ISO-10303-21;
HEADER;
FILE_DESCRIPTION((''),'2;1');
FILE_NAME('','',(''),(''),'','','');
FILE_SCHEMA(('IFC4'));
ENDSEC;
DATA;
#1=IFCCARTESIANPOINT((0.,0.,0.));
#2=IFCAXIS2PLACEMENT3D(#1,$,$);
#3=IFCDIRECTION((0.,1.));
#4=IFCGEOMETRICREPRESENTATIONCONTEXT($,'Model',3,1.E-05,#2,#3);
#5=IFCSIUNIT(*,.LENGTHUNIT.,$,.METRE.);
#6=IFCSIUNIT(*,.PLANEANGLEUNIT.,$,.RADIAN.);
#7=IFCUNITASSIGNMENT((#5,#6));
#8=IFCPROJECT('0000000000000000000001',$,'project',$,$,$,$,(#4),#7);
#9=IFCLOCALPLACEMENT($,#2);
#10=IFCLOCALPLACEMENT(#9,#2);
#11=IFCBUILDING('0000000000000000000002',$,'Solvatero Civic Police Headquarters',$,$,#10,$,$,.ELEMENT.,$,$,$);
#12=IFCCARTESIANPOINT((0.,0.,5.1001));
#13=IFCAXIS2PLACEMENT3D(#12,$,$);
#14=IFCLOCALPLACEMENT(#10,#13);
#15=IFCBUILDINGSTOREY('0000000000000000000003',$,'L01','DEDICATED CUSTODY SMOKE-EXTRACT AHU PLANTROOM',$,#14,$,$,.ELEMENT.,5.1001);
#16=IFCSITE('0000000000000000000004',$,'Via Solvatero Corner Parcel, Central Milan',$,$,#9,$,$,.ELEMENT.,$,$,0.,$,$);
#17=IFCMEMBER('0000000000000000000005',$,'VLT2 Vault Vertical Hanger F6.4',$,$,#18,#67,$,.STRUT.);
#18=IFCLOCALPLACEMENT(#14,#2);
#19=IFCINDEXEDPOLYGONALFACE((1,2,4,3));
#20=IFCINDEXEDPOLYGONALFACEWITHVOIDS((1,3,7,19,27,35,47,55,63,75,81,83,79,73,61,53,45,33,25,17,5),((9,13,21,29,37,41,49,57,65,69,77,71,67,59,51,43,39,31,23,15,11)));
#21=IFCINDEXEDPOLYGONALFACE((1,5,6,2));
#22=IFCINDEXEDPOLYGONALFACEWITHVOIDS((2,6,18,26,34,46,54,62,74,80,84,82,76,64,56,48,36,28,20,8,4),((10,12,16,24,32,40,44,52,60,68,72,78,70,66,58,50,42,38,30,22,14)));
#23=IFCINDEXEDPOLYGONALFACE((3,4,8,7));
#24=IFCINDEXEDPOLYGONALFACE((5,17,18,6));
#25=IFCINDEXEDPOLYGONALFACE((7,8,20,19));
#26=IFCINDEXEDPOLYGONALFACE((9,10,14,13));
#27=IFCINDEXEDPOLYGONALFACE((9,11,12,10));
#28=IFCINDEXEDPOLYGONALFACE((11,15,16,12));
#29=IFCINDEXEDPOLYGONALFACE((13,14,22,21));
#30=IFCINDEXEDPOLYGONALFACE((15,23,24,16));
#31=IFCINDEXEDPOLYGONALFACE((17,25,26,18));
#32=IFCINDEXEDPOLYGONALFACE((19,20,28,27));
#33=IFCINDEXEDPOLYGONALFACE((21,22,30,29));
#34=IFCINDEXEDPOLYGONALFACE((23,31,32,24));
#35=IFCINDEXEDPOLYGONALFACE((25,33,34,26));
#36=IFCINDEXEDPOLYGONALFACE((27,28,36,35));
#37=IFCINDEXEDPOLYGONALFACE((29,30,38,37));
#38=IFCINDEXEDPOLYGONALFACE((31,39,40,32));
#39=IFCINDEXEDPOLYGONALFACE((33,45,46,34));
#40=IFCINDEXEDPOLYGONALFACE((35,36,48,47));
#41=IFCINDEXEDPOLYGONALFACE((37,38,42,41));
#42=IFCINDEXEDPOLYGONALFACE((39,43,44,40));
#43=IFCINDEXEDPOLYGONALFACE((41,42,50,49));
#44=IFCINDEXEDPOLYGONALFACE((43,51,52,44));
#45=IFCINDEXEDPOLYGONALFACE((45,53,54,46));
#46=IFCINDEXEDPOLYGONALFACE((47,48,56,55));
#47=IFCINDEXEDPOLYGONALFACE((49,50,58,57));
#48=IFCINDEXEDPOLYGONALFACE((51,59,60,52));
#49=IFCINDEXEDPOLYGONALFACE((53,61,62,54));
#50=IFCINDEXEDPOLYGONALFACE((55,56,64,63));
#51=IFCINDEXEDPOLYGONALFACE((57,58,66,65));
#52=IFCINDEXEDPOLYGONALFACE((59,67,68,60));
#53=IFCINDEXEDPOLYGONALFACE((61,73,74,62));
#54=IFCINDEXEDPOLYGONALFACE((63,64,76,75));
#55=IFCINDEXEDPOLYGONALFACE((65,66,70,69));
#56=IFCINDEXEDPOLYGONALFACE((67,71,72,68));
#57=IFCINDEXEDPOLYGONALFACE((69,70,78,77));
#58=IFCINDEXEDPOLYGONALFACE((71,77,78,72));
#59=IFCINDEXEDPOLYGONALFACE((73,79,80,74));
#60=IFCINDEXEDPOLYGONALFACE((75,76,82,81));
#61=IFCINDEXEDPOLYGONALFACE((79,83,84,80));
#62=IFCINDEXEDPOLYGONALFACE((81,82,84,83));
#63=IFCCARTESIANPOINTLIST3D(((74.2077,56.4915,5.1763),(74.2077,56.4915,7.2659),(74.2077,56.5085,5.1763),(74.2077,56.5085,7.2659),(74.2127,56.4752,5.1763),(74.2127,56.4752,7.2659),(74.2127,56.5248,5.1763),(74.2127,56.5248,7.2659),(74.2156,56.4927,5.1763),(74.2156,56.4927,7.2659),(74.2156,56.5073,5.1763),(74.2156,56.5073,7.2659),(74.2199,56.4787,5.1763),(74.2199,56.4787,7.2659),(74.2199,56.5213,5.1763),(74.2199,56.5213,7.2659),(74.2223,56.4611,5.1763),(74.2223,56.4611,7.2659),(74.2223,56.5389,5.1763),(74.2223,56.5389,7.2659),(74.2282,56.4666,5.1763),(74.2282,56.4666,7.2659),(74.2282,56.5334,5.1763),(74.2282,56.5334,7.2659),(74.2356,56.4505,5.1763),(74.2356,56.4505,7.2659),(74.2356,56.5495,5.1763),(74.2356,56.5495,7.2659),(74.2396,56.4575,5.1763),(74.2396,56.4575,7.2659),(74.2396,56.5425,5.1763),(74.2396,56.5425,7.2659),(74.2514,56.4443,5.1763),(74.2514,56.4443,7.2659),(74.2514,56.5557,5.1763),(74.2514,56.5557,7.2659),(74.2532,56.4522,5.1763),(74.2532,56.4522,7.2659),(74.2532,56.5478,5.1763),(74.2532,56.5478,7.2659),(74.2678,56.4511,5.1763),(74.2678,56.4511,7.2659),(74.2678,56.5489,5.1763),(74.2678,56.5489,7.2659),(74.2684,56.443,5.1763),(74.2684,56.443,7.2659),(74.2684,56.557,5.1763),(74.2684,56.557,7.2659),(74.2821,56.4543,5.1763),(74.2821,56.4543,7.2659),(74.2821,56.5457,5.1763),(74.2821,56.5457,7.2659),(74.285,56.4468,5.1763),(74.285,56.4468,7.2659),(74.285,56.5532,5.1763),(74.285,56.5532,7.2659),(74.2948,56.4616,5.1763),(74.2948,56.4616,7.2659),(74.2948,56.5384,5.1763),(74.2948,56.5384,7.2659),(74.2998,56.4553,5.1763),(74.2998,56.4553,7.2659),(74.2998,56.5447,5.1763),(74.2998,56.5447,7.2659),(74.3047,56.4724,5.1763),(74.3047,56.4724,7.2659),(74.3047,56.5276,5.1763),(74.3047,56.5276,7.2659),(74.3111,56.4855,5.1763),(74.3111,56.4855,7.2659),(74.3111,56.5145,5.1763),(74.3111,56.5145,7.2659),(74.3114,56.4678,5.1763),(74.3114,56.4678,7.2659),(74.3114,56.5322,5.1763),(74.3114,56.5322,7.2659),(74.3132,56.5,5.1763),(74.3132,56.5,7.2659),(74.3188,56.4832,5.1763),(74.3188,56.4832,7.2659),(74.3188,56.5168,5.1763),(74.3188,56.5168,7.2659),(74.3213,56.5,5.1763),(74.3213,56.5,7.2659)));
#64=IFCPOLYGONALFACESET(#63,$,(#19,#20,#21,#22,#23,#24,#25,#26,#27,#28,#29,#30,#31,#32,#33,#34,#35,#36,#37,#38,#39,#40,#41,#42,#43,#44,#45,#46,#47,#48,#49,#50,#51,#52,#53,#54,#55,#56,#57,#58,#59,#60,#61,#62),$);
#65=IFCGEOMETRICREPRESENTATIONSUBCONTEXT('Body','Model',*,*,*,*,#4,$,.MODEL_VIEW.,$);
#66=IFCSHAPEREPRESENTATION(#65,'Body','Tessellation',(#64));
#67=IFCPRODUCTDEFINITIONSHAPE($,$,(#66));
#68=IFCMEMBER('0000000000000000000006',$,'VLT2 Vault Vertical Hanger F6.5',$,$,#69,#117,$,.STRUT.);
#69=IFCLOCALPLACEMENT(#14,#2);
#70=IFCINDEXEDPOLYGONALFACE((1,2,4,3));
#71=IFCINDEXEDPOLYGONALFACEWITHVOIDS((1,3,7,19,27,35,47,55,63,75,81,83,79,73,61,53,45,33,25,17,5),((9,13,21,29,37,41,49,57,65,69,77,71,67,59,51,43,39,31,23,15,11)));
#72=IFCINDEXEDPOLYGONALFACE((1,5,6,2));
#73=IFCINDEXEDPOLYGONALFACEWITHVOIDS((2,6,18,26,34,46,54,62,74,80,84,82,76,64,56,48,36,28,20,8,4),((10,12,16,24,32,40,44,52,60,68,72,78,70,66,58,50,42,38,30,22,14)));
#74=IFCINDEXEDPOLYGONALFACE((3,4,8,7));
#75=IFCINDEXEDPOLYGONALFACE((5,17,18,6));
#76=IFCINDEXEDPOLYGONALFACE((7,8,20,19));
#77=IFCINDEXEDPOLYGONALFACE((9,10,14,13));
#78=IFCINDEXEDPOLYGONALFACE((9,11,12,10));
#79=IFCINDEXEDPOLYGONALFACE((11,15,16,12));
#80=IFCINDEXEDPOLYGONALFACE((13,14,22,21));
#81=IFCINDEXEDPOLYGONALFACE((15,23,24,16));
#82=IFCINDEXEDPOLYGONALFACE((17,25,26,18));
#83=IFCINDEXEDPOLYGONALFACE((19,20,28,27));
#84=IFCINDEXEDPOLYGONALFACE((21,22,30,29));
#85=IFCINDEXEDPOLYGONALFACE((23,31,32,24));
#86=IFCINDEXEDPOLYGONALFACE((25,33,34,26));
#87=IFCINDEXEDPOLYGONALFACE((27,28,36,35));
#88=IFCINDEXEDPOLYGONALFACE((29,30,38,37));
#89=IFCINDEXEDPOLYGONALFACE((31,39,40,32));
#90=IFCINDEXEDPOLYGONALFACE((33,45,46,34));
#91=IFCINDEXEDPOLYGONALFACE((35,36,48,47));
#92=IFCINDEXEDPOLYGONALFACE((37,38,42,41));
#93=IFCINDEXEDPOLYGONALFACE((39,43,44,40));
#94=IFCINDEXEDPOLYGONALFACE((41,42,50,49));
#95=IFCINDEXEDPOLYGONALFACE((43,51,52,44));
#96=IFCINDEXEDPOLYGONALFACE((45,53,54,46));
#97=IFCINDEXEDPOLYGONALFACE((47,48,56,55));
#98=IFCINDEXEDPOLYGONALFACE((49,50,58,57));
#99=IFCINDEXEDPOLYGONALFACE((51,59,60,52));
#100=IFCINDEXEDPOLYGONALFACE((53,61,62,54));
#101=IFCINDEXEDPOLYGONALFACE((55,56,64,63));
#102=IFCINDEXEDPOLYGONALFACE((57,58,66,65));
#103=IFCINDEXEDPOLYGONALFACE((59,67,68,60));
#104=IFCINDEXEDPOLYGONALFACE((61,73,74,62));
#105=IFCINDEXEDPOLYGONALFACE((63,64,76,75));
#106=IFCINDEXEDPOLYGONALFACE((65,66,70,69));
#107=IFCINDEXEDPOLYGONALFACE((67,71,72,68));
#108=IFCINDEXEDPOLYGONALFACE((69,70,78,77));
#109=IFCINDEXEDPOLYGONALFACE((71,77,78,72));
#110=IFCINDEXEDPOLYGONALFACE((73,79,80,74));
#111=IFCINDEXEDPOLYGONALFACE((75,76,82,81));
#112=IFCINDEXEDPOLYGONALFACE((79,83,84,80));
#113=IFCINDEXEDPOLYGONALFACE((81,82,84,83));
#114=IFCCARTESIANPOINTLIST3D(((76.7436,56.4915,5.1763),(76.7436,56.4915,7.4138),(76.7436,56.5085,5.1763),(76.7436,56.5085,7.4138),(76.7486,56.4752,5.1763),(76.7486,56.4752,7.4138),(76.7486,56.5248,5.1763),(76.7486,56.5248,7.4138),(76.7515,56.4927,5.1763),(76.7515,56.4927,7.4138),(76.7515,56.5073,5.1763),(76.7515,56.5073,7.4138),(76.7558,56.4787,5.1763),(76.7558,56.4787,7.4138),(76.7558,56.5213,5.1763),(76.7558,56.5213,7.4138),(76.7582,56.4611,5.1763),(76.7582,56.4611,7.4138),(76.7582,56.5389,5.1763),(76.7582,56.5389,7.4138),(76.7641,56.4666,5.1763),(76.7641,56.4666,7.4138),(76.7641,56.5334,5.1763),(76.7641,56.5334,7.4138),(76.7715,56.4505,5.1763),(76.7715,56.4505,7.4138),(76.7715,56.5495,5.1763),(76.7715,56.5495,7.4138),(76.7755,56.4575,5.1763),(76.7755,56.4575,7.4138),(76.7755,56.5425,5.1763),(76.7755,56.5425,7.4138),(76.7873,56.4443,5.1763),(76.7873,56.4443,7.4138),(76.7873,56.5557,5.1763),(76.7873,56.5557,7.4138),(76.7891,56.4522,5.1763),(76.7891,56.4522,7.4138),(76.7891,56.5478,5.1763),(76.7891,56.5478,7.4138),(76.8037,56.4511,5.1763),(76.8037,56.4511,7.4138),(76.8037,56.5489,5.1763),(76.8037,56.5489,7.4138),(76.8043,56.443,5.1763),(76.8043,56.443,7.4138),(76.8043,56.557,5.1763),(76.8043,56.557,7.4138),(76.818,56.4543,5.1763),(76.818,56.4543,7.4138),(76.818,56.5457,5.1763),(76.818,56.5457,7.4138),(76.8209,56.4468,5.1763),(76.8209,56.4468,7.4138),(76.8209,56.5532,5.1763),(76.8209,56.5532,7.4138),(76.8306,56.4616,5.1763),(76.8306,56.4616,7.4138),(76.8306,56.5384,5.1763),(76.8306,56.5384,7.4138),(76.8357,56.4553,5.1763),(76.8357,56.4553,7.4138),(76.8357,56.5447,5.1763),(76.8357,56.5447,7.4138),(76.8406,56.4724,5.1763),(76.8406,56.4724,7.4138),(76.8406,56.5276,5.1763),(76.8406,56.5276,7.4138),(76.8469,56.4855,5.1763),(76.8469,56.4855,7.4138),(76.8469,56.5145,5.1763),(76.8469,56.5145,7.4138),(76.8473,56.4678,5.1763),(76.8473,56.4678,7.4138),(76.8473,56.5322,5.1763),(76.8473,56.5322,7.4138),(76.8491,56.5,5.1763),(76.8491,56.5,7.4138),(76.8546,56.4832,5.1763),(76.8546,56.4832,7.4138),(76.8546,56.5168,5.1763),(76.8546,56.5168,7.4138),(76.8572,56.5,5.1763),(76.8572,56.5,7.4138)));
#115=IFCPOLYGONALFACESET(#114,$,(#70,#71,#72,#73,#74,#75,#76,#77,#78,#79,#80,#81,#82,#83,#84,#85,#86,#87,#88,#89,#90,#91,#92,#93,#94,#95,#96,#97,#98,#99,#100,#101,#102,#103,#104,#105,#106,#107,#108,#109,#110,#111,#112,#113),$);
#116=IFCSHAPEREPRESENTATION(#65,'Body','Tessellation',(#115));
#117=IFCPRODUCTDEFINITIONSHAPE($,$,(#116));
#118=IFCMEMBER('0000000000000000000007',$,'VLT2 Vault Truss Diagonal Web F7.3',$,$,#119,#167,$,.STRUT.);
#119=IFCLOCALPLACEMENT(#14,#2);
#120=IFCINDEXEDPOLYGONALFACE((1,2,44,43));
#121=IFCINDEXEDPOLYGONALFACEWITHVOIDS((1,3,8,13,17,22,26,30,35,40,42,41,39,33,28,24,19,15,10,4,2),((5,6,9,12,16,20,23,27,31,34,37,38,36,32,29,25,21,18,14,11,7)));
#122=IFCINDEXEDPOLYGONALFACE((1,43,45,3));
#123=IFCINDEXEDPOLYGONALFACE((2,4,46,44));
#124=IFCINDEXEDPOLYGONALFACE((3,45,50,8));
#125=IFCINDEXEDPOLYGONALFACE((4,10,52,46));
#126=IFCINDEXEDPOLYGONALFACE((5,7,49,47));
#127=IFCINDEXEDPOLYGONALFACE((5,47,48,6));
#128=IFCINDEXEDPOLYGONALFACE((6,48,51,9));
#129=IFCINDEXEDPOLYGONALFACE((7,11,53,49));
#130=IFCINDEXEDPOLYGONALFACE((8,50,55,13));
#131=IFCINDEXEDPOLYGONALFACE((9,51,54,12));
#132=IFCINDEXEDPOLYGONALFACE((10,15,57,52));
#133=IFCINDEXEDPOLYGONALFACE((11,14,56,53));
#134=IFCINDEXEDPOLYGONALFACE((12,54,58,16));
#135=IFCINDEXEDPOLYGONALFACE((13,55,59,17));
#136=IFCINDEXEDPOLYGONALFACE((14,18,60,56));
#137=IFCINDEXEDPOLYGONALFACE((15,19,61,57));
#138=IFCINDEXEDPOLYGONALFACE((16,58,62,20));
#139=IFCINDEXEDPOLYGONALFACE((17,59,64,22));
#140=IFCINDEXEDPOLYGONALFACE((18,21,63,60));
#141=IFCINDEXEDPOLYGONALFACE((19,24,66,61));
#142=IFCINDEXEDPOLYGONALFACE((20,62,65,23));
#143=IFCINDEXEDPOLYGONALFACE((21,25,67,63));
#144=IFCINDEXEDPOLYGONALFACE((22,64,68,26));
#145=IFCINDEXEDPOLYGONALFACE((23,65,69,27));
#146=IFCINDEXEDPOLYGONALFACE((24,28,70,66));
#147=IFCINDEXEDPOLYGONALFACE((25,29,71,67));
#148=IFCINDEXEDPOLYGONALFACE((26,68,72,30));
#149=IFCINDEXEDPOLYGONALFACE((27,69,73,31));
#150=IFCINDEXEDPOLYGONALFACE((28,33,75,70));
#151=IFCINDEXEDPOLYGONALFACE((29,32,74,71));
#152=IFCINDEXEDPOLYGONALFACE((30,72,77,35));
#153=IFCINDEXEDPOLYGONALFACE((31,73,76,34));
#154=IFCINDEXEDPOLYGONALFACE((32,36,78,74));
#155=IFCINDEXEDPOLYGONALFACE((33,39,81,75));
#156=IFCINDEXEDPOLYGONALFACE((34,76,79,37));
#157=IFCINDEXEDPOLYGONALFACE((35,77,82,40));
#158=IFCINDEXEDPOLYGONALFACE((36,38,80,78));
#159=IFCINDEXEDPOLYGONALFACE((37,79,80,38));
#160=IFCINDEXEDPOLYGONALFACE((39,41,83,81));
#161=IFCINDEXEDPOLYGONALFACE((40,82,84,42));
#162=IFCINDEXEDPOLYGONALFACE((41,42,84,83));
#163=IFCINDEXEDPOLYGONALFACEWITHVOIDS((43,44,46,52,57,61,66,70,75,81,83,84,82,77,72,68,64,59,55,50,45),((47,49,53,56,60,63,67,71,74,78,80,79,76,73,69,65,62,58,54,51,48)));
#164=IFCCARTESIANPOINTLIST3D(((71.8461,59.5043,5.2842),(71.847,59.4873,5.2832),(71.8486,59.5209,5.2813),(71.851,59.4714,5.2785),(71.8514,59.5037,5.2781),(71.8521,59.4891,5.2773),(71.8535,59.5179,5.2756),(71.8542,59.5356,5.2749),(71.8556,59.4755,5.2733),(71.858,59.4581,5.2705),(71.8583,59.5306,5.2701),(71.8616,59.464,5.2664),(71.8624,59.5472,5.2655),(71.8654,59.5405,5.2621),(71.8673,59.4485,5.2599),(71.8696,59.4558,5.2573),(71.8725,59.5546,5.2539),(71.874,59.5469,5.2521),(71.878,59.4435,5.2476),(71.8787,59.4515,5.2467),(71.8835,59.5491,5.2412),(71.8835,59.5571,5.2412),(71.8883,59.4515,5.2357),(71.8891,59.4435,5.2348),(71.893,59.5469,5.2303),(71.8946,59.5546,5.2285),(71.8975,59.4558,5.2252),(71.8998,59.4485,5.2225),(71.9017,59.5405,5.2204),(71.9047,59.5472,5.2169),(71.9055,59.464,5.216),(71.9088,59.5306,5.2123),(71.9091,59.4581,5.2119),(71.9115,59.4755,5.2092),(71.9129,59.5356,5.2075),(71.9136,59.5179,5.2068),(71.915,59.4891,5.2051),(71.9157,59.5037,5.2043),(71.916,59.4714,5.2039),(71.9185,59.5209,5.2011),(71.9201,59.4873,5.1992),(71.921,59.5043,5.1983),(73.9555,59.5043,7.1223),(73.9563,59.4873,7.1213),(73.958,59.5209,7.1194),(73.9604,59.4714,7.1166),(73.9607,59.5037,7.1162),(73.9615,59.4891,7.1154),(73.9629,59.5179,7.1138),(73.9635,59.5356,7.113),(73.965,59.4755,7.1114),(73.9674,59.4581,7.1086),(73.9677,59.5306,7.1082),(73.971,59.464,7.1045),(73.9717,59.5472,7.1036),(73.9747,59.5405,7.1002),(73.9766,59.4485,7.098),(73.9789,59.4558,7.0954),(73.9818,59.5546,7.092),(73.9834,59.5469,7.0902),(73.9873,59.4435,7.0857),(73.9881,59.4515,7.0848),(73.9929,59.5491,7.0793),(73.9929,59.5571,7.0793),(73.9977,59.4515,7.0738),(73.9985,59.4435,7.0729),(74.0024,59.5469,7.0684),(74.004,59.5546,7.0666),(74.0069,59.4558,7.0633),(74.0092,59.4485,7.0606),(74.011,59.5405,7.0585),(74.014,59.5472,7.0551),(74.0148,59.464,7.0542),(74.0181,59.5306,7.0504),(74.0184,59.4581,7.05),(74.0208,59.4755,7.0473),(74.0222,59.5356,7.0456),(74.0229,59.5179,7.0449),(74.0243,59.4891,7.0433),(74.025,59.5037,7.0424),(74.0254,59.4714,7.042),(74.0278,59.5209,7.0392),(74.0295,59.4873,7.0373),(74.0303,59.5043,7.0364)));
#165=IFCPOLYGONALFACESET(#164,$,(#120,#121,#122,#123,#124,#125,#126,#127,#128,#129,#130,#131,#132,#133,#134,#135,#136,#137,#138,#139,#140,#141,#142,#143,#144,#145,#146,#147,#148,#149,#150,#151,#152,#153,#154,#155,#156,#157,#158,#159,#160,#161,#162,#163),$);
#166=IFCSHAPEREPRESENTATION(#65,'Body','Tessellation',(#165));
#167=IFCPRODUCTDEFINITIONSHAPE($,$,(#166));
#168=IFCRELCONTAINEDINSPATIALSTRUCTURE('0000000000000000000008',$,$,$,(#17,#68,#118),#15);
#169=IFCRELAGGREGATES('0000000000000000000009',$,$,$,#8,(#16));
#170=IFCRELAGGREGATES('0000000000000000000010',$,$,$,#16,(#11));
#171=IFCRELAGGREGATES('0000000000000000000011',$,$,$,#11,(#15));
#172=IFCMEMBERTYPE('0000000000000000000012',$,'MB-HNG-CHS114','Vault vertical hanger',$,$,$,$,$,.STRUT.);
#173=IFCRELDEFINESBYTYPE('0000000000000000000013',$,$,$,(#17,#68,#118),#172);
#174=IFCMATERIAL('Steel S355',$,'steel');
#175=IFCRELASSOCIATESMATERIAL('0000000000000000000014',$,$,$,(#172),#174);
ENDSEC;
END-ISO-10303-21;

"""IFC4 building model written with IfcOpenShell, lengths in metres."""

from ifc_helpers import new_model, si_unit, direction, frame, origin, origin_2d, place, context, subcontext, project, spatial, hollow_circle, extrude, material, material_profile, profile_set, type_object, element, save


model = new_model("IFC4")

# Units and contexts
model_context = context("Model", 3, precision=1e-05, world=origin(), true_north=direction((0.0, 1.0)))
body_context = subcontext(model_context, "Body", "Model", "MODEL_VIEW")
ifc_project = project(units=[si_unit("LENGTHUNIT", "METRE"), si_unit("PLANEANGLEUNIT", "RADIAN")], contexts=[model_context])

# Site, building, storey
site_placement = place(None, origin())
site = spatial("IfcSite", under=ifc_project, at=site_placement, Name="Via Solvatero Corner Parcel, Central Milan", CompositionType="ELEMENT", RefElevation=0.0)
building_placement = place(site_placement, origin())
building = spatial("IfcBuilding", under=site, at=building_placement, Name="Solvatero Civic Police Headquarters", CompositionType="ELEMENT")
storey_placement = place(building_placement, frame((0.0, 0.0, 5.1001)))
storey = spatial("IfcBuildingStorey", under=building, at=storey_placement, Name="L01", Description="DEDICATED CUSTODY SMOKE-EXTRACT AHU PLANTROOM", CompositionType="ELEMENT", Elevation=5.1001)

# Shared definitions
ifc_material = material(Name="Steel S355", Category="steel")

# Members
ifc_material_profile_1 = material_profile(ifc_material, hollow_circle(Radius=0.0571, WallThickness=0.0081, at=origin_2d()), Name="CHS 114.3x8.0")
ifc_profile_set_1 = profile_set([ifc_material_profile_1], Name="Steel S355")
member_type = type_object("IfcMemberType", Name="MB-HNG-CHS114", Description="Vault vertical hanger", PredefinedType="STRUT", material=ifc_profile_set_1)
member_1_placement = place(storey_placement, frame((74.2642, 56.5, 5.1763), z_axis=(0.0, 0.0, 1.0), x_axis=(1.0, 0.0, 0.0)))
element("IfcMember", 1, at=member_1_placement, inside=storey, type_object=member_type, Name="VLT2 Vault Vertical Hanger F6.4", PredefinedType="STRUT", context=body_context, shape_type="SweptSolid", body=[
    extrude(hollow_circle(Radius=0.0571, WallThickness=0.0081, at=origin_2d()), origin(), (0.0, 0.0, 1.0), 2.0896),
])
member_2_placement = place(storey_placement, frame((76.8, 56.5, 5.1763), z_axis=(0.0, 0.0, 1.0), x_axis=(1.0, 0.0, 0.0)))
element("IfcMember", 2, at=member_2_placement, inside=storey, type_object=member_type, Name="VLT2 Vault Vertical Hanger F6.5", PredefinedType="STRUT", context=body_context, shape_type="SweptSolid", body=[
    extrude(hollow_circle(Radius=0.0571, WallThickness=0.0081, at=origin_2d()), origin(), (0.0, 0.0, 1.0), 2.2375),
])
member_3_placement = place(storey_placement, frame((71.8835, 59.5, 5.2412), z_axis=(0.753916, 0.0, 0.656971), x_axis=(0.0, 1.0, 0.0)))
element("IfcMember", 3, at=member_3_placement, inside=storey, type_object=member_type, Name="VLT2 Vault Truss Diagonal Web F7.3", PredefinedType="STRUT", context=body_context, shape_type="SweptSolid", body=[
    extrude(hollow_circle(Radius=0.0571, WallThickness=0.0081, at=origin_2d()), origin(), (0.0, 0.0, 1.0), 2.7979),
])

save(model, "model.ifc")
